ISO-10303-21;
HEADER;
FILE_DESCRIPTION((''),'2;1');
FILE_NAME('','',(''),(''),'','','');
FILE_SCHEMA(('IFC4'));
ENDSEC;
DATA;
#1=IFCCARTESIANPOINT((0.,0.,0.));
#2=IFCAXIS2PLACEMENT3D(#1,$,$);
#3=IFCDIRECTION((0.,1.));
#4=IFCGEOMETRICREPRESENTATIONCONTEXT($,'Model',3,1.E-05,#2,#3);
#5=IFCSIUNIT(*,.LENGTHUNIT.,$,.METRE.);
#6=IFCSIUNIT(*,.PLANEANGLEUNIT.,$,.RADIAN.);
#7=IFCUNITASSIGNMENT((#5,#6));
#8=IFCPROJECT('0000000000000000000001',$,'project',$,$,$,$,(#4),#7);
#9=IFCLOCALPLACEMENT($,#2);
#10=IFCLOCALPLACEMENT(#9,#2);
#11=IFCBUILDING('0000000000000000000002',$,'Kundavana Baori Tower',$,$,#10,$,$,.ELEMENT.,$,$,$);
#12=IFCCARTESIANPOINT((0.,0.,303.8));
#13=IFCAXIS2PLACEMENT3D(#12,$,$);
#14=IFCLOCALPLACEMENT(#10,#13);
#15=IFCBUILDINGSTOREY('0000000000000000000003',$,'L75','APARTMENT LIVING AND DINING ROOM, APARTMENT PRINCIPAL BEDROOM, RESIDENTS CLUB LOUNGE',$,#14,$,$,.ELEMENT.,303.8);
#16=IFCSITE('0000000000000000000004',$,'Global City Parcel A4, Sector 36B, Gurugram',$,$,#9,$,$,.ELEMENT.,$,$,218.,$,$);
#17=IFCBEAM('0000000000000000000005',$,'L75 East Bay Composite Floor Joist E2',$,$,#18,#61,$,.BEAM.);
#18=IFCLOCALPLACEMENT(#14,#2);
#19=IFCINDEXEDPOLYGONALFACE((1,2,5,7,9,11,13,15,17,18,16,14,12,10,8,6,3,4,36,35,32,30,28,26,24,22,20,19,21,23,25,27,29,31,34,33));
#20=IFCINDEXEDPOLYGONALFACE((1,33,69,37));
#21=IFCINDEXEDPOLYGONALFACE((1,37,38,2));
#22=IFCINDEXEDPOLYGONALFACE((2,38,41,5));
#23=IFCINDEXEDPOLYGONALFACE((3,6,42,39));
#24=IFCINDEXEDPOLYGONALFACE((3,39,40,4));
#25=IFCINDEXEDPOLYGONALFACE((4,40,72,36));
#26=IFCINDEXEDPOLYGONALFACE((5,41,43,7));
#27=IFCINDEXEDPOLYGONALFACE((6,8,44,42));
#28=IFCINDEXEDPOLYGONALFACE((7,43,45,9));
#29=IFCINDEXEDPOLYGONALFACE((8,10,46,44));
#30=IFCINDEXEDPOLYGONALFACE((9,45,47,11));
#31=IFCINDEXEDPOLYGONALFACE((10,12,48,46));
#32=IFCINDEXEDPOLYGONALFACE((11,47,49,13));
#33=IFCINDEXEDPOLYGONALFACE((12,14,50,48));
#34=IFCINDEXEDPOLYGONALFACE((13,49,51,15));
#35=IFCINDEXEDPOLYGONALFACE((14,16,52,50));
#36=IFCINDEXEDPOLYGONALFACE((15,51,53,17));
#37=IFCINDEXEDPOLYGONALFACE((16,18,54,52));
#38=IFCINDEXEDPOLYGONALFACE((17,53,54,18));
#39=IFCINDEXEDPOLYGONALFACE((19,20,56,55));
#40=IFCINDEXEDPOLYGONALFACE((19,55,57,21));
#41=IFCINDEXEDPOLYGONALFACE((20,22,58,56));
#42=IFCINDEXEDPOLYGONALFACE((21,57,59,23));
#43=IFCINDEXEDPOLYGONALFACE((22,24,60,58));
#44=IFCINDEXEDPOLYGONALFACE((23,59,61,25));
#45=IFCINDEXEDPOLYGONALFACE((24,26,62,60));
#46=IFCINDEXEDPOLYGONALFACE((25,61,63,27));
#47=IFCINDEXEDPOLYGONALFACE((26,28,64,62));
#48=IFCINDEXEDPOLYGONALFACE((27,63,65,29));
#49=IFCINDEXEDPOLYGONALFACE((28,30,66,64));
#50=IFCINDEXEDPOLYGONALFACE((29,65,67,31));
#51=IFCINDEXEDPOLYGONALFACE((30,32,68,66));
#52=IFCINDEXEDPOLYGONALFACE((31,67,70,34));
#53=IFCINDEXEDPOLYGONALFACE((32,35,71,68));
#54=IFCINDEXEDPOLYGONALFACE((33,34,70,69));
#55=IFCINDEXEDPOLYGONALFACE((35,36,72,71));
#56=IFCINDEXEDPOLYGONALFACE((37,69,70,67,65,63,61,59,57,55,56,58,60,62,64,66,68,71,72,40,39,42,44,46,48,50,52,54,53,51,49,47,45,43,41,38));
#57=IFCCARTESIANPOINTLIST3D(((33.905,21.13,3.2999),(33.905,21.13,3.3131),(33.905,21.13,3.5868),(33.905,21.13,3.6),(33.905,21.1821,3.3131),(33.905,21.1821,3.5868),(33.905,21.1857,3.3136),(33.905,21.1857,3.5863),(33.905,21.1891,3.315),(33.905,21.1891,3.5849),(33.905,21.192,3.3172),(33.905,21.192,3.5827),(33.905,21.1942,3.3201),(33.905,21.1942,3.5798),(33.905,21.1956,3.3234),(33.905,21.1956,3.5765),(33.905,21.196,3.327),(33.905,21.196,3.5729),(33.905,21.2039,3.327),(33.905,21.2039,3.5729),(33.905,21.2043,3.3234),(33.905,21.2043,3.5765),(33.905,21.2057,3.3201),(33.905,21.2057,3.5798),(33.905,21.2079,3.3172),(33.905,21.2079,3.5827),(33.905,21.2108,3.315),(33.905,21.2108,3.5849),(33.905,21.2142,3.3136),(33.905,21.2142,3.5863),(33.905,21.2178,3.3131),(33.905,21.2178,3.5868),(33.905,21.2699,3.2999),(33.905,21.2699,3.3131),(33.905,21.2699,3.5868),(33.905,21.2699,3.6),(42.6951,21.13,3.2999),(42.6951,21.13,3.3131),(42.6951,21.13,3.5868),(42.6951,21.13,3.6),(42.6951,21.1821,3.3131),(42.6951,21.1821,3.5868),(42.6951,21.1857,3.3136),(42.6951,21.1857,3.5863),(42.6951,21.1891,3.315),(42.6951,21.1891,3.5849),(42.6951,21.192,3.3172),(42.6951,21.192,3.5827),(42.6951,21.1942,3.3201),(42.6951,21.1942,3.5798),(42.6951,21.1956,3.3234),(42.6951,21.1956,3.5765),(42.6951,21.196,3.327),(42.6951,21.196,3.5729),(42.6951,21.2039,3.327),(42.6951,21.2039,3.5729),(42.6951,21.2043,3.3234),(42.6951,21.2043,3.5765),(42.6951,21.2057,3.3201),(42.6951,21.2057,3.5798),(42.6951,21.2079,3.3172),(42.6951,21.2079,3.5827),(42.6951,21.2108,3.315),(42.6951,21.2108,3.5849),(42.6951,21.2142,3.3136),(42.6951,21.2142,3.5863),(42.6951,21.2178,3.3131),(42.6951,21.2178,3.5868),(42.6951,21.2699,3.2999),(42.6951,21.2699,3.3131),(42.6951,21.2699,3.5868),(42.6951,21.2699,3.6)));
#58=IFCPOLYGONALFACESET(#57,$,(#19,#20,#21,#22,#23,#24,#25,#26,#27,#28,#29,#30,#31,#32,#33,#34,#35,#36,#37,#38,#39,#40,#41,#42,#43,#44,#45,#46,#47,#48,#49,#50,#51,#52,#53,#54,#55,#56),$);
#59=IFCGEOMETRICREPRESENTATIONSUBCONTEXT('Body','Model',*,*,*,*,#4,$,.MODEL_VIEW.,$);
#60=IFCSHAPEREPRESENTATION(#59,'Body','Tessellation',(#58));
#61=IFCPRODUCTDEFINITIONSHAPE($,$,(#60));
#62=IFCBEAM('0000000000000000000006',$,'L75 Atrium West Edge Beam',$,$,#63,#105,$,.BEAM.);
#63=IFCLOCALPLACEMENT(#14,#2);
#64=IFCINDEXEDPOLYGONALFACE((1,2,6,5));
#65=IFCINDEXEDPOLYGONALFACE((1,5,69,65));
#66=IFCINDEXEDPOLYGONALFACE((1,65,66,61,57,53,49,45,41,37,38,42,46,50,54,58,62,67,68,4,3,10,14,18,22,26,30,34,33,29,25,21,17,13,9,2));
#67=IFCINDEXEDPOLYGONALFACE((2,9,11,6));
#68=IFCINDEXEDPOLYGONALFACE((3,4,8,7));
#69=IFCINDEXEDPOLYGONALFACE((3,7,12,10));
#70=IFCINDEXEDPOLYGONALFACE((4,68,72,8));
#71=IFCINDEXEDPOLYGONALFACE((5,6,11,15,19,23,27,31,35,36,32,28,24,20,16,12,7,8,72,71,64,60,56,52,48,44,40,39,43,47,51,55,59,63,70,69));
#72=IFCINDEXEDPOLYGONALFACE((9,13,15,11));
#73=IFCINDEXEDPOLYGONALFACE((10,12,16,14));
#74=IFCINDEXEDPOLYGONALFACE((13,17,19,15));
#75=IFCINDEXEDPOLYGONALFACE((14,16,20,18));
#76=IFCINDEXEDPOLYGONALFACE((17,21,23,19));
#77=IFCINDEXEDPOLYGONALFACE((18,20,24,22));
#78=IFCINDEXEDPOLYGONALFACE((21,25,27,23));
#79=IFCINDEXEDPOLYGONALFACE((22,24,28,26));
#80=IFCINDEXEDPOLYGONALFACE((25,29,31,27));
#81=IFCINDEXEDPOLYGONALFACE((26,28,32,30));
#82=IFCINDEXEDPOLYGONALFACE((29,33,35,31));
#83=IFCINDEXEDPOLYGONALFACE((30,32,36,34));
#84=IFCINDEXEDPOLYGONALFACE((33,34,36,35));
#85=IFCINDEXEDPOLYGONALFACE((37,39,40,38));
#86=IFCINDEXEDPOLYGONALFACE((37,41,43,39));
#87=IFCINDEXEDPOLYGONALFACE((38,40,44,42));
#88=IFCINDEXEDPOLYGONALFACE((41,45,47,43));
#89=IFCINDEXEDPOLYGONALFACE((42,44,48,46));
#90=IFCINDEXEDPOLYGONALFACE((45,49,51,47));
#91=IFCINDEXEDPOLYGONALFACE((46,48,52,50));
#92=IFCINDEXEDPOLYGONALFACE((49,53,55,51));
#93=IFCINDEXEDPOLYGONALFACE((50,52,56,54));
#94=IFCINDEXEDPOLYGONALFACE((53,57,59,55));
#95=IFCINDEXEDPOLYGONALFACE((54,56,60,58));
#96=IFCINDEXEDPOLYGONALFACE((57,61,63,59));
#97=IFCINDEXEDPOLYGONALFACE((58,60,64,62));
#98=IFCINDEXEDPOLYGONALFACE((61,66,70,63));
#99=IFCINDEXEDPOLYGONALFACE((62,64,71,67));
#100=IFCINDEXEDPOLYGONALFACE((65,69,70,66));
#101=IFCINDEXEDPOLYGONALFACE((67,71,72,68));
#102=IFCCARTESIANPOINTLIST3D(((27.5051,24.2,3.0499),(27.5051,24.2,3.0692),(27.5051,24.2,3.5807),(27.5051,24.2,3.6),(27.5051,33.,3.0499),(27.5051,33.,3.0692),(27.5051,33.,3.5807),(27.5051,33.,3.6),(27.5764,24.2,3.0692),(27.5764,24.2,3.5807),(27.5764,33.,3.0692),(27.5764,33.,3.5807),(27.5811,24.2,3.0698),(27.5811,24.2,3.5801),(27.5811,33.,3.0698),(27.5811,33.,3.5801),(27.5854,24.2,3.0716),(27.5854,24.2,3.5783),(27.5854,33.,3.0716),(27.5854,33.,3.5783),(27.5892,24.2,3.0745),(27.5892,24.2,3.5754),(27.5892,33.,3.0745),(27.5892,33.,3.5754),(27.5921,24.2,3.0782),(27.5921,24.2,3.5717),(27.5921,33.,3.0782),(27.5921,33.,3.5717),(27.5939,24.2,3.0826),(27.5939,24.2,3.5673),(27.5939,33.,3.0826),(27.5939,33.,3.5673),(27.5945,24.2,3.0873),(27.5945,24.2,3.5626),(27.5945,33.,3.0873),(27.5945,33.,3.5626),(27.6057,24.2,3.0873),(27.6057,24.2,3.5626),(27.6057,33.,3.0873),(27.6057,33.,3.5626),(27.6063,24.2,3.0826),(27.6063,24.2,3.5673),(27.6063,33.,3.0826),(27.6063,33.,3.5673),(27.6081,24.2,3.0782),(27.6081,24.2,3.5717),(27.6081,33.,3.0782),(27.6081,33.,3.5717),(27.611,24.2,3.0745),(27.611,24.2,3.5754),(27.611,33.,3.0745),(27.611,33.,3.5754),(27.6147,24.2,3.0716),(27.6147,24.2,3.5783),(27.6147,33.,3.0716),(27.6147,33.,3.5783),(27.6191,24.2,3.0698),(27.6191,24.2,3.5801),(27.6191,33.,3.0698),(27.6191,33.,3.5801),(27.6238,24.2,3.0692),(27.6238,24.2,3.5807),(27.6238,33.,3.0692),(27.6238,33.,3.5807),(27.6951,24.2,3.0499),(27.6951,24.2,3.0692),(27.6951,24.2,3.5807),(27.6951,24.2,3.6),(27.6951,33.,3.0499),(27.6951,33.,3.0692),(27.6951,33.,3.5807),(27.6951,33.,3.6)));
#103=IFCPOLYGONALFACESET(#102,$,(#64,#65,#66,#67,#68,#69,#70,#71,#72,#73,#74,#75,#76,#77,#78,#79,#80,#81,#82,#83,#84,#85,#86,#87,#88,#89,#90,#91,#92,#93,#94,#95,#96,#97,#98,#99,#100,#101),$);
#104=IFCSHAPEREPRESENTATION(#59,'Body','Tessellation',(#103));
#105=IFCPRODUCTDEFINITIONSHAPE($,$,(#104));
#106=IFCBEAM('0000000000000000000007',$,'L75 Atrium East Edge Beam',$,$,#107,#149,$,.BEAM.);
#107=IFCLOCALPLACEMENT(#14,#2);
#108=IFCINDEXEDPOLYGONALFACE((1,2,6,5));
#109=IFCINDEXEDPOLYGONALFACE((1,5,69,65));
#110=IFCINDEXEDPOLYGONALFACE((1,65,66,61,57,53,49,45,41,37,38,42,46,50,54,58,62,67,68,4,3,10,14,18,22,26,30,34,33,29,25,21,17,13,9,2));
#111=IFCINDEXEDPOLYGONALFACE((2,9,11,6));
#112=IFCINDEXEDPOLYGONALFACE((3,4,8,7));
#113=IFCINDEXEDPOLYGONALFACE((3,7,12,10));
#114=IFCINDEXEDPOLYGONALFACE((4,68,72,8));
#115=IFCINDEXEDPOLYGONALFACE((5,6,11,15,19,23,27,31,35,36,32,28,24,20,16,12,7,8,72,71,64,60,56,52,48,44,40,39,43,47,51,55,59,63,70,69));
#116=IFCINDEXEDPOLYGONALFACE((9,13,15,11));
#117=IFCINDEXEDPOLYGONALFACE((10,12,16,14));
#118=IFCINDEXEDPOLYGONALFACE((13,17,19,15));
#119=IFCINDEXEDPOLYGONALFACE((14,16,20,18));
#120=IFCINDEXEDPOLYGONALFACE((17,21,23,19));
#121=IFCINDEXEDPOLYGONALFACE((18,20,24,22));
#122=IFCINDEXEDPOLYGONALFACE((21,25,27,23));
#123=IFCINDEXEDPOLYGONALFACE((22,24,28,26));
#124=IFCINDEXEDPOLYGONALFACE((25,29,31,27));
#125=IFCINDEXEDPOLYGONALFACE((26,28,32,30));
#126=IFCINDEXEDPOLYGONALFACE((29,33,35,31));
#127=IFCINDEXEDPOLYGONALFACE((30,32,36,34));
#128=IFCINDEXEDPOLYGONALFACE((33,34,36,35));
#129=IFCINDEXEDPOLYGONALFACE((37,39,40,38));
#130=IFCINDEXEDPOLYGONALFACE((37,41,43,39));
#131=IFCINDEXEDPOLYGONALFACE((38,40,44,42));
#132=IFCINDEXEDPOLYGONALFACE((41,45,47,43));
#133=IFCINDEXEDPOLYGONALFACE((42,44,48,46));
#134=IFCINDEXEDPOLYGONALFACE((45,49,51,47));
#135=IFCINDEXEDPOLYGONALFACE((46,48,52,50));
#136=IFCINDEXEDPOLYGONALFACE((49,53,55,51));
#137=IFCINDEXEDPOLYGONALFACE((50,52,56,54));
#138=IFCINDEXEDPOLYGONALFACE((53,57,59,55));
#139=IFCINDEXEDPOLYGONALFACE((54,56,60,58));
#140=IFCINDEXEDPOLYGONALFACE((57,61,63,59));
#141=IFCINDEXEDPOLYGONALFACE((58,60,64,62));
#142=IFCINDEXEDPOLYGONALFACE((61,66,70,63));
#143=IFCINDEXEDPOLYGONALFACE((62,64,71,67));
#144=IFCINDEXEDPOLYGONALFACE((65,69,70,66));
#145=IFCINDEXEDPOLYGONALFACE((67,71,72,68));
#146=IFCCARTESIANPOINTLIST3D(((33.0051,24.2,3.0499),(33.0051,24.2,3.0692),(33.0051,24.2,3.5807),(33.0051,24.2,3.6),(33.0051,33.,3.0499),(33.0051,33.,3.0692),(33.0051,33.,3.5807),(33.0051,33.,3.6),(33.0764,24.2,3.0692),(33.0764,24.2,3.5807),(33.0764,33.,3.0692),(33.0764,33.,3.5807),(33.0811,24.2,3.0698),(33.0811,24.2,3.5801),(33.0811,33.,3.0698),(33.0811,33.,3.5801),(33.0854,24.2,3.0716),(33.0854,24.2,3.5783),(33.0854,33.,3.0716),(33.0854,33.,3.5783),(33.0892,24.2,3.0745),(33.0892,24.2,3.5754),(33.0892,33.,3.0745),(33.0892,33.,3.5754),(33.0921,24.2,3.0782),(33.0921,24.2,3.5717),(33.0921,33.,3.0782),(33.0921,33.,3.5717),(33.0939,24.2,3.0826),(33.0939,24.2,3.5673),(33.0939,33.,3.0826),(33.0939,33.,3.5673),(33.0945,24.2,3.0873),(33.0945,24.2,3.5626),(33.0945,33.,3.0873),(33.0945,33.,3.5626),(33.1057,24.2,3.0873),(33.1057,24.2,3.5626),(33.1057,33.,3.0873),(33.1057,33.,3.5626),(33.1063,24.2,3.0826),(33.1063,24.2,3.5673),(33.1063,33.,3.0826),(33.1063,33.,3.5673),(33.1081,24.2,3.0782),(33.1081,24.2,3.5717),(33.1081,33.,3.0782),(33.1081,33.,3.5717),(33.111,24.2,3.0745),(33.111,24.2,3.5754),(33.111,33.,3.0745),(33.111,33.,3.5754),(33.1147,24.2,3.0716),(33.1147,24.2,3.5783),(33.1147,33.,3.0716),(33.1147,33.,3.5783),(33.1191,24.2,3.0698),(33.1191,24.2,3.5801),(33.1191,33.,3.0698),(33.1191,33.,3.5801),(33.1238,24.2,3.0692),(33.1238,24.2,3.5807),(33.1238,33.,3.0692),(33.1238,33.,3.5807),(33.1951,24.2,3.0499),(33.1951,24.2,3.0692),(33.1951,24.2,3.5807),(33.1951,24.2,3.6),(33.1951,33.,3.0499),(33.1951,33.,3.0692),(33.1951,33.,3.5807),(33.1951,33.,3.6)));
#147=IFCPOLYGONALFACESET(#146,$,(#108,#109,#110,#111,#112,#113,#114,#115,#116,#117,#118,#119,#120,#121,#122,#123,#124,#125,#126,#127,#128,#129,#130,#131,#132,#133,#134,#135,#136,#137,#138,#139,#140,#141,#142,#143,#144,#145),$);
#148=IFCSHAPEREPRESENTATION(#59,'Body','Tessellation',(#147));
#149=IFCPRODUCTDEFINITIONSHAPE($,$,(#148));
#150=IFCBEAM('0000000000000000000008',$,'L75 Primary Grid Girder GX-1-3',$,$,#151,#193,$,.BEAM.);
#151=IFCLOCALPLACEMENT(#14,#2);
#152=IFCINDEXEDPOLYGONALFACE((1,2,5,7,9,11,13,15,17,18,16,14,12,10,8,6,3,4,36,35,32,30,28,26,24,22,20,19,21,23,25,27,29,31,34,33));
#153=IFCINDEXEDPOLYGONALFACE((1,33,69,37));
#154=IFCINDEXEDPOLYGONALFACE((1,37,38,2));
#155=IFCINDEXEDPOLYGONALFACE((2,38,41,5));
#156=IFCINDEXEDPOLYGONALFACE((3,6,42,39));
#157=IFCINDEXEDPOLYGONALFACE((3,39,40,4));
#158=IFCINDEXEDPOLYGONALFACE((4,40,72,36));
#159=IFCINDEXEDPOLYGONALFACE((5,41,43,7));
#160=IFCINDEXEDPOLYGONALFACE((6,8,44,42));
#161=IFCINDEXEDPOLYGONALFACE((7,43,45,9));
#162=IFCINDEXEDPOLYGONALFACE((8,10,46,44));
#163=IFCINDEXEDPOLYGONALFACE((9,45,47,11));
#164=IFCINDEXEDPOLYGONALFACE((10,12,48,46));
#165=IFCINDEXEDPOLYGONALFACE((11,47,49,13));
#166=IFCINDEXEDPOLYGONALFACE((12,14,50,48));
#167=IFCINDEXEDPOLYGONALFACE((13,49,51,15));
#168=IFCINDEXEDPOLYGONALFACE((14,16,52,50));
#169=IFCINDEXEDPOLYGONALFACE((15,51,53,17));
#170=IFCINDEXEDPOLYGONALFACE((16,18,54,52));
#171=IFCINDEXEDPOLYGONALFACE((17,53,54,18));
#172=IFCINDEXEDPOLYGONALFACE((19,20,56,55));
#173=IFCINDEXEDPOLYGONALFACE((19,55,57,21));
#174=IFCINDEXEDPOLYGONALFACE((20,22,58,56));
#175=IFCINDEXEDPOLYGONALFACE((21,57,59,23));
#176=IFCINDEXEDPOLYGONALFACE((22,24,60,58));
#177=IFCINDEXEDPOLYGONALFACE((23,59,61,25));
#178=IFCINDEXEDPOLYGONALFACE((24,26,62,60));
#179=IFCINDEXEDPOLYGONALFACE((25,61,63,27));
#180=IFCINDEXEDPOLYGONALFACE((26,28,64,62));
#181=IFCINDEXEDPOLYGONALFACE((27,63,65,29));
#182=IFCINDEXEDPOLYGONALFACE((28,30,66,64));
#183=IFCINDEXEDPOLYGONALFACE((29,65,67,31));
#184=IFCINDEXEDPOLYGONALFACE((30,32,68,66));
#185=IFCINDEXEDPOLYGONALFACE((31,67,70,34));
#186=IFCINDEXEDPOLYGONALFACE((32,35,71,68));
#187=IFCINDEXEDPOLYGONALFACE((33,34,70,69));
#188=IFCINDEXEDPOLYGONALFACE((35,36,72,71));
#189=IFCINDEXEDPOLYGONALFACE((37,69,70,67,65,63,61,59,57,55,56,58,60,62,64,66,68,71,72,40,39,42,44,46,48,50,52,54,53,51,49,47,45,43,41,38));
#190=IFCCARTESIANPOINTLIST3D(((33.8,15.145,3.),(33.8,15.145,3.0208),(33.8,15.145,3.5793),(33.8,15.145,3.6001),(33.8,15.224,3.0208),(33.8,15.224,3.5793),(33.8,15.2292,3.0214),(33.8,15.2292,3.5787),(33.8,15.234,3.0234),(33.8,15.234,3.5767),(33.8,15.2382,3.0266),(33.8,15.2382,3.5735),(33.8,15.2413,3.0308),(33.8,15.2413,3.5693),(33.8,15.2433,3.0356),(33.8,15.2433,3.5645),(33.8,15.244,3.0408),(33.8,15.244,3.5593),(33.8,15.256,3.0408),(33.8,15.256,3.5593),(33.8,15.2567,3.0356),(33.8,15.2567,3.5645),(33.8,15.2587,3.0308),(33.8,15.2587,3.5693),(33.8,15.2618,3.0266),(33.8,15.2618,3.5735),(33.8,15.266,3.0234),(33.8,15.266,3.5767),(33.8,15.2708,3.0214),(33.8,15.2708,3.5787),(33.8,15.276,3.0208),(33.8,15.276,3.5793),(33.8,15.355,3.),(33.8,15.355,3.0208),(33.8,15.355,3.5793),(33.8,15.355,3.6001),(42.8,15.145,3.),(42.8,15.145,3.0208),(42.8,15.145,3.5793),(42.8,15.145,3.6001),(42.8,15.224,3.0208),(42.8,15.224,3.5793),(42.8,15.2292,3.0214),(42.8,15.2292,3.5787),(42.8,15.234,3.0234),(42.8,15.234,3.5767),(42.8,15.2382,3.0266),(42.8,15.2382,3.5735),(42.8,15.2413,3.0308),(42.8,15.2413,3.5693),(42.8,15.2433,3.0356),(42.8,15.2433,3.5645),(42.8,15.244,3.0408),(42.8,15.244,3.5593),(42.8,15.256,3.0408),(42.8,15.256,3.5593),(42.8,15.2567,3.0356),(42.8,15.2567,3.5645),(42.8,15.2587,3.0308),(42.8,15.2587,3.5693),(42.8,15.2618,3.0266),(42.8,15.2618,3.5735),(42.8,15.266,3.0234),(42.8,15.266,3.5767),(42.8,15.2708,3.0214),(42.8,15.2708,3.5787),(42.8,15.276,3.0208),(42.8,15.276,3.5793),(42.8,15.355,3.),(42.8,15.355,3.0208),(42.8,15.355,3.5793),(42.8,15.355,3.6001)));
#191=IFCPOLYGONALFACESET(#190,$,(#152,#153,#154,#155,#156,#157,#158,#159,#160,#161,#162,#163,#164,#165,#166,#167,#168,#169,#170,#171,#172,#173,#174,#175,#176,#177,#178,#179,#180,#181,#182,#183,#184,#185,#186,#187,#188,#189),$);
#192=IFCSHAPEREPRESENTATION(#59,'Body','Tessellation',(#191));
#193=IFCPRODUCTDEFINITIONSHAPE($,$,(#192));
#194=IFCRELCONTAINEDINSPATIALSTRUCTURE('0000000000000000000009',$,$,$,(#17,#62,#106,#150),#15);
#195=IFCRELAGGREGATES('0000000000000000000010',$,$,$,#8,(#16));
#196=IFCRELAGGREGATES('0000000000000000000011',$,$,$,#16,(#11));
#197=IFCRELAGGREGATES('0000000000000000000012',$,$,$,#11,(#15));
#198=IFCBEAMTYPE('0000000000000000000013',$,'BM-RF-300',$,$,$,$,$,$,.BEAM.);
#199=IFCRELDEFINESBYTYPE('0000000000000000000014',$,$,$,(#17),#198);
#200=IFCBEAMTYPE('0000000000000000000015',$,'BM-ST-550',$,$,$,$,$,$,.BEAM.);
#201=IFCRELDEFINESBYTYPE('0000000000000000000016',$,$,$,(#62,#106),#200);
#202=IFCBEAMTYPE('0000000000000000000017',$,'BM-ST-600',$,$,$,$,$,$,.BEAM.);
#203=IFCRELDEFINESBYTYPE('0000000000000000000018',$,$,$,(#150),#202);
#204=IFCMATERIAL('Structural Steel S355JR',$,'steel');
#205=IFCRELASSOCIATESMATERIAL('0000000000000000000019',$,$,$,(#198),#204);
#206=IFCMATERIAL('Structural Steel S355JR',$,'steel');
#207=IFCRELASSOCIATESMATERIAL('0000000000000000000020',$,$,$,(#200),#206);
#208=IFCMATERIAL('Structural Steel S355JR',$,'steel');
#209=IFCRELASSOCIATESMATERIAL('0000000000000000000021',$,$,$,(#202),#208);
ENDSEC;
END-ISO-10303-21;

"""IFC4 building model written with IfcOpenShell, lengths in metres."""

from ifc_helpers import new_model, si_unit, direction, frame, origin, origin_2d, place, context, subcontext, project, spatial, i_section, extrude, material, material_profile, profile_set, type_object, element, save


model = new_model("IFC4")

# Units and contexts
model_context = context("Model", 3, precision=1e-05, world=origin(), true_north=direction((0.0, 1.0)))
body_context = subcontext(model_context, "Body", "Model", "MODEL_VIEW")
ifc_project = project(units=[si_unit("LENGTHUNIT", "METRE"), si_unit("PLANEANGLEUNIT", "RADIAN")], contexts=[model_context])

# Site, building, storey
site_placement = place(None, origin())
site = spatial("IfcSite", under=ifc_project, at=site_placement, Name="Global City Parcel A4, Sector 36B, Gurugram", CompositionType="ELEMENT", RefElevation=218.0)
building_placement = place(site_placement, origin())
building = spatial("IfcBuilding", under=site, at=building_placement, Name="Kundavana Baori Tower", CompositionType="ELEMENT")
storey_placement = place(building_placement, frame((0.0, 0.0, 303.8)))
storey = spatial("IfcBuildingStorey", under=building, at=storey_placement, Name="L75", Description="APARTMENT LIVING AND DINING ROOM, APARTMENT PRINCIPAL BEDROOM, RESIDENTS CLUB LOUNGE", CompositionType="ELEMENT", Elevation=303.8)

# Beams
ifc_material_1 = material(Name="Structural Steel S355JR", Category="steel")
ifc_material_profile_1 = material_profile(ifc_material_1, i_section(OverallWidth=0.1399, OverallDepth=0.3, WebThickness=0.0078, FlangeThickness=0.0132, FilletRadius=0.0139, at=origin_2d()), Name="ISMB 300")
ifc_profile_set_1 = profile_set([ifc_material_profile_1], Name="Structural Steel S355JR")
beam_type_1 = type_object("IfcBeamType", Name="BM-RF-300", PredefinedType="BEAM", material=ifc_profile_set_1)
for number, where, z_axis, x_axis, name in (
    (1, (33.905, 21.2, 3.45), (1.0, 0.0, 0.0), (0.0, 1.0, 0.0), "L75 East Bay Composite Floor Joist E2"),
):
    element("IfcBeam", number, at=place(storey_placement, frame(where, z_axis=z_axis, x_axis=x_axis)), inside=storey, type_object=beam_type_1, Name=name, PredefinedType="BEAM", context=body_context, shape_type="SweptSolid", body=[
        extrude(i_section(OverallWidth=0.1399, OverallDepth=0.3, WebThickness=0.0078, FlangeThickness=0.0132, FilletRadius=0.0139, at=origin_2d()), origin(), (0.0, 0.0, 1.0), 8.79),
    ])
ifc_material_2 = material(Name="Structural Steel S355JR", Category="steel")
ifc_material_profile_2 = material_profile(ifc_material_2, i_section(OverallWidth=0.1899, OverallDepth=0.55, WebThickness=0.0112, FlangeThickness=0.0193, FilletRadius=0.0181, at=origin_2d()), Name="ISMB 550")
ifc_profile_set_2 = profile_set([ifc_material_profile_2], Name="Structural Steel S355JR")
beam_type_2 = type_object("IfcBeamType", Name="BM-ST-550", PredefinedType="BEAM", material=ifc_profile_set_2)
for number, where, z_axis, x_axis, name in (
    (2, (27.6001, 24.2, 3.325), (0.0, 1.0, 0.0), (-1.0, 0.0, 0.0), "L75 Atrium West Edge Beam"),
    (3, (33.1001, 24.2, 3.325), (0.0, 1.0, 0.0), (-1.0, 0.0, 0.0), "L75 Atrium East Edge Beam"),
):
    element("IfcBeam", number, at=place(storey_placement, frame(where, z_axis=z_axis, x_axis=x_axis)), inside=storey, type_object=beam_type_2, Name=name, PredefinedType="BEAM", context=body_context, shape_type="SweptSolid", body=[
        extrude(i_section(OverallWidth=0.1899, OverallDepth=0.55, WebThickness=0.0112, FlangeThickness=0.0193, FilletRadius=0.0181, at=origin_2d()), origin(), (0.0, 0.0, 1.0), 8.8),
    ])
ifc_material_3 = material(Name="Structural Steel S355JR", Category="steel")
ifc_material_profile_3 = material_profile(ifc_material_3, i_section(OverallWidth=0.21, OverallDepth=0.6001, WebThickness=0.012, FlangeThickness=0.0208, FilletRadius=0.02, at=origin_2d()), Name="ISMB 600")
ifc_profile_set_3 = profile_set([ifc_material_profile_3], Name="Structural Steel S355JR")
beam_type_3 = type_object("IfcBeamType", Name="BM-ST-600", PredefinedType="BEAM", material=ifc_profile_set_3)
for number, where, z_axis, x_axis, name in (
    (4, (33.8, 15.25, 3.3), (1.0, 0.0, 0.0), (0.0, 1.0, 0.0), "L75 Primary Grid Girder GX-1-3"),
):
    element("IfcBeam", number, at=place(storey_placement, frame(where, z_axis=z_axis, x_axis=x_axis)), inside=storey, type_object=beam_type_3, Name=name, PredefinedType="BEAM", context=body_context, shape_type="SweptSolid", body=[
        extrude(i_section(OverallWidth=0.21, OverallDepth=0.6001, WebThickness=0.012, FlangeThickness=0.0208, FilletRadius=0.02, at=origin_2d()), origin(), (0.0, 0.0, 1.0), 9.0),
    ])

save(model, "model.ifc")
